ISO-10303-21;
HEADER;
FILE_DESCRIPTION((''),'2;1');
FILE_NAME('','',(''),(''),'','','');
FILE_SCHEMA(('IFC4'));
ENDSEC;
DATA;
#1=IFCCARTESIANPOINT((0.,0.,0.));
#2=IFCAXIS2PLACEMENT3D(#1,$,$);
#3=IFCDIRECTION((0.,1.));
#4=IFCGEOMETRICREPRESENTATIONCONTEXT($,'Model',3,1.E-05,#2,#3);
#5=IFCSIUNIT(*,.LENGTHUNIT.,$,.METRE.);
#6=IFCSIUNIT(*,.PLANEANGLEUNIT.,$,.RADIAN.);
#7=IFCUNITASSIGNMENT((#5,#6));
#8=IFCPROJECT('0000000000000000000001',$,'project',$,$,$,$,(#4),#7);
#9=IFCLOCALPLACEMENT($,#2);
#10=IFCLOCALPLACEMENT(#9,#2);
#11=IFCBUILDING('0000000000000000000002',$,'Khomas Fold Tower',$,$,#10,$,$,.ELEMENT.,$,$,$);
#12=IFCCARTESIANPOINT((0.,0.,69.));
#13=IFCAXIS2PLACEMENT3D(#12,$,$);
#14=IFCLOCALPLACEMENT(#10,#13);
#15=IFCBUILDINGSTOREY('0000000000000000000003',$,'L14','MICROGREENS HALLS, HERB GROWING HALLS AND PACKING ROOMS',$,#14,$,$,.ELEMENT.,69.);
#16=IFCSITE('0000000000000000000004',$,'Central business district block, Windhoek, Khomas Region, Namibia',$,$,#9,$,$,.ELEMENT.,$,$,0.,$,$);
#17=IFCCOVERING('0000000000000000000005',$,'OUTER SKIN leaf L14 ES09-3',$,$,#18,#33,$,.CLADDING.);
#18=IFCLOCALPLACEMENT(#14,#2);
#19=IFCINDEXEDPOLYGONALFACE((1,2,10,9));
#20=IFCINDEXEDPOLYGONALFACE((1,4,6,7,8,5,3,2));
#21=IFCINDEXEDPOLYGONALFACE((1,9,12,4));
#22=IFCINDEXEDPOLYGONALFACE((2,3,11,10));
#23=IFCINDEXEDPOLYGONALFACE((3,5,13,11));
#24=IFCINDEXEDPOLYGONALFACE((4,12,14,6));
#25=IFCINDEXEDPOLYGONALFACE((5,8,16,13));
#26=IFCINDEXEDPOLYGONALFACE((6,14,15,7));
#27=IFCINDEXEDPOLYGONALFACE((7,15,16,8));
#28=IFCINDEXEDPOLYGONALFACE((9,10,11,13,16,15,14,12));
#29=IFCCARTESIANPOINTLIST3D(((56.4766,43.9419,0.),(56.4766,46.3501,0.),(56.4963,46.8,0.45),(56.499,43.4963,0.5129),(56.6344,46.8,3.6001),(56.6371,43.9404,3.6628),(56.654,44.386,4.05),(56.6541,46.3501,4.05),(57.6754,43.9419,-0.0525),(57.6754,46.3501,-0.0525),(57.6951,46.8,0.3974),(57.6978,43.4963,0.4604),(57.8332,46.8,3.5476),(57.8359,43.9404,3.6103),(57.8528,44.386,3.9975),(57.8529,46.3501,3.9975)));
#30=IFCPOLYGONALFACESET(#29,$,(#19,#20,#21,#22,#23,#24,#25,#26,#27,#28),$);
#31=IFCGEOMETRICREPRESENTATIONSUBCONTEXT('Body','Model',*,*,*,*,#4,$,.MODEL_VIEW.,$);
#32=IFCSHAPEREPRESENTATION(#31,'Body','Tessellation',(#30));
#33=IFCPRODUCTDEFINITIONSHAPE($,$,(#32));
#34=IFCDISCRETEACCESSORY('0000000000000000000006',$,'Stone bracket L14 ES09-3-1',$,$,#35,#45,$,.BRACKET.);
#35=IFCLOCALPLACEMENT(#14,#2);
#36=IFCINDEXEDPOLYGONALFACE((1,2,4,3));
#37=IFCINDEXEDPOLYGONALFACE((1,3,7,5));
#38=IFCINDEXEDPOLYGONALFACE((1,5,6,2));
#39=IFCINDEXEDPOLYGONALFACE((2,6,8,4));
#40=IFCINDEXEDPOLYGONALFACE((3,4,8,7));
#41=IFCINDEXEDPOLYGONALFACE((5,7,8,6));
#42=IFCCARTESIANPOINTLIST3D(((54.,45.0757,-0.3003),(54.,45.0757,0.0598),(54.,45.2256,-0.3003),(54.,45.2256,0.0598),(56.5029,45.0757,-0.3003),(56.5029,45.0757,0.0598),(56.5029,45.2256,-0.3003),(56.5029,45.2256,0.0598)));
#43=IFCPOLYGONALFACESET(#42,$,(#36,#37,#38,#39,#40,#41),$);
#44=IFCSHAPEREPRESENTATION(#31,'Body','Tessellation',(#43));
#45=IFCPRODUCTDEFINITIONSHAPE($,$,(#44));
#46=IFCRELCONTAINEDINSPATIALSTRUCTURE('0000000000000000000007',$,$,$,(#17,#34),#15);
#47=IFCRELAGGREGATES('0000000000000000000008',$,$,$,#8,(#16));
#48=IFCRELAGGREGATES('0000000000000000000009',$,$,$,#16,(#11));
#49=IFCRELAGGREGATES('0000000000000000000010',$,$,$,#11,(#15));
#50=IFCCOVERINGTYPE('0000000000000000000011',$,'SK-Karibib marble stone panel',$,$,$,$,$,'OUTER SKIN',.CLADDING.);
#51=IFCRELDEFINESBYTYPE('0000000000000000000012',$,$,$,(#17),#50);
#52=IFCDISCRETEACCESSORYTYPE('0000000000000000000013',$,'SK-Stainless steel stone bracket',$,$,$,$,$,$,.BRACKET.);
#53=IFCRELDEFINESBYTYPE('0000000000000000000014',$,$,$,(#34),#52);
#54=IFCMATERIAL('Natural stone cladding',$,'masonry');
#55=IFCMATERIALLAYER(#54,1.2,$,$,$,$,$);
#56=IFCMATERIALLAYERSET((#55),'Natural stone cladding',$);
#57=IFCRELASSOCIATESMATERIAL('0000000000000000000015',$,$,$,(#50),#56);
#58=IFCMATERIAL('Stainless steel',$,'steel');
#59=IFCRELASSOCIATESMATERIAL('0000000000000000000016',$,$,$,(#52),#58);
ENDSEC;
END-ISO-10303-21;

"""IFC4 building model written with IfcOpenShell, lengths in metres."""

from ifc_helpers import new_model, si_unit, direction, frame, origin, origin_2d, place, context, subcontext, project, spatial, polyline, rectangle, outline, extrude, source, transform, mapped, material, layer, layer_set, type_object, element, save


model = new_model("IFC4")

# Units and contexts
model_context = context("Model", 3, precision=1e-05, world=origin(), true_north=direction((0.0, 1.0)))
body_context = subcontext(model_context, "Body", "Model", "MODEL_VIEW")
ifc_project = project(units=[si_unit("LENGTHUNIT", "METRE"), si_unit("PLANEANGLEUNIT", "RADIAN")], contexts=[model_context])

# Site, building, storey
site_placement = place(None, origin())
site = spatial("IfcSite", under=ifc_project, at=site_placement, Name="Central business district block, Windhoek, Khomas Region, Namibia", CompositionType="ELEMENT", RefElevation=0.0)
building_placement = place(site_placement, origin())
building = spatial("IfcBuilding", under=site, at=building_placement, Name="Khomas Fold Tower", CompositionType="ELEMENT")
storey_placement = place(building_placement, frame((0.0, 0.0, 69.0)))
storey = spatial("IfcBuildingStorey", under=building, at=storey_placement, Name="L14", Description="MICROGREENS HALLS, HERB GROWING HALLS AND PACKING ROOMS", CompositionType="ELEMENT", Elevation=69.0)

# Covering
ifc_material_1 = material(Name="Natural stone cladding", Category="masonry")
ifc_layer_1 = layer(ifc_material_1, 1.2)
ifc_layer_set_1 = layer_set([ifc_layer_1], Name="Natural stone cladding")
covering_type = type_object("IfcCoveringType", Name="SK-Karibib marble stone panel", ElementType="OUTER SKIN", PredefinedType="CLADDING", material=ifc_layer_set_1)
covering_placement = place(storey_placement, frame((56.499, 43.4963, 0.5129), z_axis=(-0.999041, 0.00002, 0.043776), x_axis=(0.043351, 0.139474, 0.989276)))
element("IfcCovering", 1, at=covering_placement, inside=storey, type_object=covering_type, Name="OUTER SKIN leaf L14 ES09-3", PredefinedType="CLADDING", context=body_context, shape_type="SweptSolid", body=[
    extrude(outline(polyline([(0.0, 0.0), (3.184, 0.0), (3.63, 0.3871), (3.9039, 2.3321), (3.5207, 2.8404), (0.3984, 3.2802), (-0.1104, 2.8975), (-0.4463, 0.5128), (0.0, 0.0)])), origin(), (0.0, 0.0, -1.0), 1.2),
])

# Discrete accessory
ifc_material_2 = material(Name="Stainless steel", Category="steel")
discrete_accessory_type = type_object("IfcDiscreteAccessoryType", Name="SK-Stainless steel stone bracket", PredefinedType="BRACKET", material=ifc_material_2)
shared_shape_1 = source(origin(), body_context, "Body", "SweptSolid", [
    extrude(rectangle(XDim=2.5029, YDim=0.1499, at=origin_2d()), origin(), (0.0, 0.0, 1.0), 0.3601),
])
discrete_accessory_placement = place(storey_placement, frame((55.2515, 45.1506, -0.3003), z_axis=(0.0, 0.0, 1.0), x_axis=(1.0, 0.0, 0.0)))
element("IfcDiscreteAccessory", 2, at=discrete_accessory_placement, inside=storey, type_object=discrete_accessory_type, Name="Stone bracket L14 ES09-3-1", PredefinedType="BRACKET", context=body_context, shape_type="MappedRepresentation", body=[
    mapped(shared_shape_1, transform((0.0, 0.0, 0.0))),
])

save(model, "model.ifc")
